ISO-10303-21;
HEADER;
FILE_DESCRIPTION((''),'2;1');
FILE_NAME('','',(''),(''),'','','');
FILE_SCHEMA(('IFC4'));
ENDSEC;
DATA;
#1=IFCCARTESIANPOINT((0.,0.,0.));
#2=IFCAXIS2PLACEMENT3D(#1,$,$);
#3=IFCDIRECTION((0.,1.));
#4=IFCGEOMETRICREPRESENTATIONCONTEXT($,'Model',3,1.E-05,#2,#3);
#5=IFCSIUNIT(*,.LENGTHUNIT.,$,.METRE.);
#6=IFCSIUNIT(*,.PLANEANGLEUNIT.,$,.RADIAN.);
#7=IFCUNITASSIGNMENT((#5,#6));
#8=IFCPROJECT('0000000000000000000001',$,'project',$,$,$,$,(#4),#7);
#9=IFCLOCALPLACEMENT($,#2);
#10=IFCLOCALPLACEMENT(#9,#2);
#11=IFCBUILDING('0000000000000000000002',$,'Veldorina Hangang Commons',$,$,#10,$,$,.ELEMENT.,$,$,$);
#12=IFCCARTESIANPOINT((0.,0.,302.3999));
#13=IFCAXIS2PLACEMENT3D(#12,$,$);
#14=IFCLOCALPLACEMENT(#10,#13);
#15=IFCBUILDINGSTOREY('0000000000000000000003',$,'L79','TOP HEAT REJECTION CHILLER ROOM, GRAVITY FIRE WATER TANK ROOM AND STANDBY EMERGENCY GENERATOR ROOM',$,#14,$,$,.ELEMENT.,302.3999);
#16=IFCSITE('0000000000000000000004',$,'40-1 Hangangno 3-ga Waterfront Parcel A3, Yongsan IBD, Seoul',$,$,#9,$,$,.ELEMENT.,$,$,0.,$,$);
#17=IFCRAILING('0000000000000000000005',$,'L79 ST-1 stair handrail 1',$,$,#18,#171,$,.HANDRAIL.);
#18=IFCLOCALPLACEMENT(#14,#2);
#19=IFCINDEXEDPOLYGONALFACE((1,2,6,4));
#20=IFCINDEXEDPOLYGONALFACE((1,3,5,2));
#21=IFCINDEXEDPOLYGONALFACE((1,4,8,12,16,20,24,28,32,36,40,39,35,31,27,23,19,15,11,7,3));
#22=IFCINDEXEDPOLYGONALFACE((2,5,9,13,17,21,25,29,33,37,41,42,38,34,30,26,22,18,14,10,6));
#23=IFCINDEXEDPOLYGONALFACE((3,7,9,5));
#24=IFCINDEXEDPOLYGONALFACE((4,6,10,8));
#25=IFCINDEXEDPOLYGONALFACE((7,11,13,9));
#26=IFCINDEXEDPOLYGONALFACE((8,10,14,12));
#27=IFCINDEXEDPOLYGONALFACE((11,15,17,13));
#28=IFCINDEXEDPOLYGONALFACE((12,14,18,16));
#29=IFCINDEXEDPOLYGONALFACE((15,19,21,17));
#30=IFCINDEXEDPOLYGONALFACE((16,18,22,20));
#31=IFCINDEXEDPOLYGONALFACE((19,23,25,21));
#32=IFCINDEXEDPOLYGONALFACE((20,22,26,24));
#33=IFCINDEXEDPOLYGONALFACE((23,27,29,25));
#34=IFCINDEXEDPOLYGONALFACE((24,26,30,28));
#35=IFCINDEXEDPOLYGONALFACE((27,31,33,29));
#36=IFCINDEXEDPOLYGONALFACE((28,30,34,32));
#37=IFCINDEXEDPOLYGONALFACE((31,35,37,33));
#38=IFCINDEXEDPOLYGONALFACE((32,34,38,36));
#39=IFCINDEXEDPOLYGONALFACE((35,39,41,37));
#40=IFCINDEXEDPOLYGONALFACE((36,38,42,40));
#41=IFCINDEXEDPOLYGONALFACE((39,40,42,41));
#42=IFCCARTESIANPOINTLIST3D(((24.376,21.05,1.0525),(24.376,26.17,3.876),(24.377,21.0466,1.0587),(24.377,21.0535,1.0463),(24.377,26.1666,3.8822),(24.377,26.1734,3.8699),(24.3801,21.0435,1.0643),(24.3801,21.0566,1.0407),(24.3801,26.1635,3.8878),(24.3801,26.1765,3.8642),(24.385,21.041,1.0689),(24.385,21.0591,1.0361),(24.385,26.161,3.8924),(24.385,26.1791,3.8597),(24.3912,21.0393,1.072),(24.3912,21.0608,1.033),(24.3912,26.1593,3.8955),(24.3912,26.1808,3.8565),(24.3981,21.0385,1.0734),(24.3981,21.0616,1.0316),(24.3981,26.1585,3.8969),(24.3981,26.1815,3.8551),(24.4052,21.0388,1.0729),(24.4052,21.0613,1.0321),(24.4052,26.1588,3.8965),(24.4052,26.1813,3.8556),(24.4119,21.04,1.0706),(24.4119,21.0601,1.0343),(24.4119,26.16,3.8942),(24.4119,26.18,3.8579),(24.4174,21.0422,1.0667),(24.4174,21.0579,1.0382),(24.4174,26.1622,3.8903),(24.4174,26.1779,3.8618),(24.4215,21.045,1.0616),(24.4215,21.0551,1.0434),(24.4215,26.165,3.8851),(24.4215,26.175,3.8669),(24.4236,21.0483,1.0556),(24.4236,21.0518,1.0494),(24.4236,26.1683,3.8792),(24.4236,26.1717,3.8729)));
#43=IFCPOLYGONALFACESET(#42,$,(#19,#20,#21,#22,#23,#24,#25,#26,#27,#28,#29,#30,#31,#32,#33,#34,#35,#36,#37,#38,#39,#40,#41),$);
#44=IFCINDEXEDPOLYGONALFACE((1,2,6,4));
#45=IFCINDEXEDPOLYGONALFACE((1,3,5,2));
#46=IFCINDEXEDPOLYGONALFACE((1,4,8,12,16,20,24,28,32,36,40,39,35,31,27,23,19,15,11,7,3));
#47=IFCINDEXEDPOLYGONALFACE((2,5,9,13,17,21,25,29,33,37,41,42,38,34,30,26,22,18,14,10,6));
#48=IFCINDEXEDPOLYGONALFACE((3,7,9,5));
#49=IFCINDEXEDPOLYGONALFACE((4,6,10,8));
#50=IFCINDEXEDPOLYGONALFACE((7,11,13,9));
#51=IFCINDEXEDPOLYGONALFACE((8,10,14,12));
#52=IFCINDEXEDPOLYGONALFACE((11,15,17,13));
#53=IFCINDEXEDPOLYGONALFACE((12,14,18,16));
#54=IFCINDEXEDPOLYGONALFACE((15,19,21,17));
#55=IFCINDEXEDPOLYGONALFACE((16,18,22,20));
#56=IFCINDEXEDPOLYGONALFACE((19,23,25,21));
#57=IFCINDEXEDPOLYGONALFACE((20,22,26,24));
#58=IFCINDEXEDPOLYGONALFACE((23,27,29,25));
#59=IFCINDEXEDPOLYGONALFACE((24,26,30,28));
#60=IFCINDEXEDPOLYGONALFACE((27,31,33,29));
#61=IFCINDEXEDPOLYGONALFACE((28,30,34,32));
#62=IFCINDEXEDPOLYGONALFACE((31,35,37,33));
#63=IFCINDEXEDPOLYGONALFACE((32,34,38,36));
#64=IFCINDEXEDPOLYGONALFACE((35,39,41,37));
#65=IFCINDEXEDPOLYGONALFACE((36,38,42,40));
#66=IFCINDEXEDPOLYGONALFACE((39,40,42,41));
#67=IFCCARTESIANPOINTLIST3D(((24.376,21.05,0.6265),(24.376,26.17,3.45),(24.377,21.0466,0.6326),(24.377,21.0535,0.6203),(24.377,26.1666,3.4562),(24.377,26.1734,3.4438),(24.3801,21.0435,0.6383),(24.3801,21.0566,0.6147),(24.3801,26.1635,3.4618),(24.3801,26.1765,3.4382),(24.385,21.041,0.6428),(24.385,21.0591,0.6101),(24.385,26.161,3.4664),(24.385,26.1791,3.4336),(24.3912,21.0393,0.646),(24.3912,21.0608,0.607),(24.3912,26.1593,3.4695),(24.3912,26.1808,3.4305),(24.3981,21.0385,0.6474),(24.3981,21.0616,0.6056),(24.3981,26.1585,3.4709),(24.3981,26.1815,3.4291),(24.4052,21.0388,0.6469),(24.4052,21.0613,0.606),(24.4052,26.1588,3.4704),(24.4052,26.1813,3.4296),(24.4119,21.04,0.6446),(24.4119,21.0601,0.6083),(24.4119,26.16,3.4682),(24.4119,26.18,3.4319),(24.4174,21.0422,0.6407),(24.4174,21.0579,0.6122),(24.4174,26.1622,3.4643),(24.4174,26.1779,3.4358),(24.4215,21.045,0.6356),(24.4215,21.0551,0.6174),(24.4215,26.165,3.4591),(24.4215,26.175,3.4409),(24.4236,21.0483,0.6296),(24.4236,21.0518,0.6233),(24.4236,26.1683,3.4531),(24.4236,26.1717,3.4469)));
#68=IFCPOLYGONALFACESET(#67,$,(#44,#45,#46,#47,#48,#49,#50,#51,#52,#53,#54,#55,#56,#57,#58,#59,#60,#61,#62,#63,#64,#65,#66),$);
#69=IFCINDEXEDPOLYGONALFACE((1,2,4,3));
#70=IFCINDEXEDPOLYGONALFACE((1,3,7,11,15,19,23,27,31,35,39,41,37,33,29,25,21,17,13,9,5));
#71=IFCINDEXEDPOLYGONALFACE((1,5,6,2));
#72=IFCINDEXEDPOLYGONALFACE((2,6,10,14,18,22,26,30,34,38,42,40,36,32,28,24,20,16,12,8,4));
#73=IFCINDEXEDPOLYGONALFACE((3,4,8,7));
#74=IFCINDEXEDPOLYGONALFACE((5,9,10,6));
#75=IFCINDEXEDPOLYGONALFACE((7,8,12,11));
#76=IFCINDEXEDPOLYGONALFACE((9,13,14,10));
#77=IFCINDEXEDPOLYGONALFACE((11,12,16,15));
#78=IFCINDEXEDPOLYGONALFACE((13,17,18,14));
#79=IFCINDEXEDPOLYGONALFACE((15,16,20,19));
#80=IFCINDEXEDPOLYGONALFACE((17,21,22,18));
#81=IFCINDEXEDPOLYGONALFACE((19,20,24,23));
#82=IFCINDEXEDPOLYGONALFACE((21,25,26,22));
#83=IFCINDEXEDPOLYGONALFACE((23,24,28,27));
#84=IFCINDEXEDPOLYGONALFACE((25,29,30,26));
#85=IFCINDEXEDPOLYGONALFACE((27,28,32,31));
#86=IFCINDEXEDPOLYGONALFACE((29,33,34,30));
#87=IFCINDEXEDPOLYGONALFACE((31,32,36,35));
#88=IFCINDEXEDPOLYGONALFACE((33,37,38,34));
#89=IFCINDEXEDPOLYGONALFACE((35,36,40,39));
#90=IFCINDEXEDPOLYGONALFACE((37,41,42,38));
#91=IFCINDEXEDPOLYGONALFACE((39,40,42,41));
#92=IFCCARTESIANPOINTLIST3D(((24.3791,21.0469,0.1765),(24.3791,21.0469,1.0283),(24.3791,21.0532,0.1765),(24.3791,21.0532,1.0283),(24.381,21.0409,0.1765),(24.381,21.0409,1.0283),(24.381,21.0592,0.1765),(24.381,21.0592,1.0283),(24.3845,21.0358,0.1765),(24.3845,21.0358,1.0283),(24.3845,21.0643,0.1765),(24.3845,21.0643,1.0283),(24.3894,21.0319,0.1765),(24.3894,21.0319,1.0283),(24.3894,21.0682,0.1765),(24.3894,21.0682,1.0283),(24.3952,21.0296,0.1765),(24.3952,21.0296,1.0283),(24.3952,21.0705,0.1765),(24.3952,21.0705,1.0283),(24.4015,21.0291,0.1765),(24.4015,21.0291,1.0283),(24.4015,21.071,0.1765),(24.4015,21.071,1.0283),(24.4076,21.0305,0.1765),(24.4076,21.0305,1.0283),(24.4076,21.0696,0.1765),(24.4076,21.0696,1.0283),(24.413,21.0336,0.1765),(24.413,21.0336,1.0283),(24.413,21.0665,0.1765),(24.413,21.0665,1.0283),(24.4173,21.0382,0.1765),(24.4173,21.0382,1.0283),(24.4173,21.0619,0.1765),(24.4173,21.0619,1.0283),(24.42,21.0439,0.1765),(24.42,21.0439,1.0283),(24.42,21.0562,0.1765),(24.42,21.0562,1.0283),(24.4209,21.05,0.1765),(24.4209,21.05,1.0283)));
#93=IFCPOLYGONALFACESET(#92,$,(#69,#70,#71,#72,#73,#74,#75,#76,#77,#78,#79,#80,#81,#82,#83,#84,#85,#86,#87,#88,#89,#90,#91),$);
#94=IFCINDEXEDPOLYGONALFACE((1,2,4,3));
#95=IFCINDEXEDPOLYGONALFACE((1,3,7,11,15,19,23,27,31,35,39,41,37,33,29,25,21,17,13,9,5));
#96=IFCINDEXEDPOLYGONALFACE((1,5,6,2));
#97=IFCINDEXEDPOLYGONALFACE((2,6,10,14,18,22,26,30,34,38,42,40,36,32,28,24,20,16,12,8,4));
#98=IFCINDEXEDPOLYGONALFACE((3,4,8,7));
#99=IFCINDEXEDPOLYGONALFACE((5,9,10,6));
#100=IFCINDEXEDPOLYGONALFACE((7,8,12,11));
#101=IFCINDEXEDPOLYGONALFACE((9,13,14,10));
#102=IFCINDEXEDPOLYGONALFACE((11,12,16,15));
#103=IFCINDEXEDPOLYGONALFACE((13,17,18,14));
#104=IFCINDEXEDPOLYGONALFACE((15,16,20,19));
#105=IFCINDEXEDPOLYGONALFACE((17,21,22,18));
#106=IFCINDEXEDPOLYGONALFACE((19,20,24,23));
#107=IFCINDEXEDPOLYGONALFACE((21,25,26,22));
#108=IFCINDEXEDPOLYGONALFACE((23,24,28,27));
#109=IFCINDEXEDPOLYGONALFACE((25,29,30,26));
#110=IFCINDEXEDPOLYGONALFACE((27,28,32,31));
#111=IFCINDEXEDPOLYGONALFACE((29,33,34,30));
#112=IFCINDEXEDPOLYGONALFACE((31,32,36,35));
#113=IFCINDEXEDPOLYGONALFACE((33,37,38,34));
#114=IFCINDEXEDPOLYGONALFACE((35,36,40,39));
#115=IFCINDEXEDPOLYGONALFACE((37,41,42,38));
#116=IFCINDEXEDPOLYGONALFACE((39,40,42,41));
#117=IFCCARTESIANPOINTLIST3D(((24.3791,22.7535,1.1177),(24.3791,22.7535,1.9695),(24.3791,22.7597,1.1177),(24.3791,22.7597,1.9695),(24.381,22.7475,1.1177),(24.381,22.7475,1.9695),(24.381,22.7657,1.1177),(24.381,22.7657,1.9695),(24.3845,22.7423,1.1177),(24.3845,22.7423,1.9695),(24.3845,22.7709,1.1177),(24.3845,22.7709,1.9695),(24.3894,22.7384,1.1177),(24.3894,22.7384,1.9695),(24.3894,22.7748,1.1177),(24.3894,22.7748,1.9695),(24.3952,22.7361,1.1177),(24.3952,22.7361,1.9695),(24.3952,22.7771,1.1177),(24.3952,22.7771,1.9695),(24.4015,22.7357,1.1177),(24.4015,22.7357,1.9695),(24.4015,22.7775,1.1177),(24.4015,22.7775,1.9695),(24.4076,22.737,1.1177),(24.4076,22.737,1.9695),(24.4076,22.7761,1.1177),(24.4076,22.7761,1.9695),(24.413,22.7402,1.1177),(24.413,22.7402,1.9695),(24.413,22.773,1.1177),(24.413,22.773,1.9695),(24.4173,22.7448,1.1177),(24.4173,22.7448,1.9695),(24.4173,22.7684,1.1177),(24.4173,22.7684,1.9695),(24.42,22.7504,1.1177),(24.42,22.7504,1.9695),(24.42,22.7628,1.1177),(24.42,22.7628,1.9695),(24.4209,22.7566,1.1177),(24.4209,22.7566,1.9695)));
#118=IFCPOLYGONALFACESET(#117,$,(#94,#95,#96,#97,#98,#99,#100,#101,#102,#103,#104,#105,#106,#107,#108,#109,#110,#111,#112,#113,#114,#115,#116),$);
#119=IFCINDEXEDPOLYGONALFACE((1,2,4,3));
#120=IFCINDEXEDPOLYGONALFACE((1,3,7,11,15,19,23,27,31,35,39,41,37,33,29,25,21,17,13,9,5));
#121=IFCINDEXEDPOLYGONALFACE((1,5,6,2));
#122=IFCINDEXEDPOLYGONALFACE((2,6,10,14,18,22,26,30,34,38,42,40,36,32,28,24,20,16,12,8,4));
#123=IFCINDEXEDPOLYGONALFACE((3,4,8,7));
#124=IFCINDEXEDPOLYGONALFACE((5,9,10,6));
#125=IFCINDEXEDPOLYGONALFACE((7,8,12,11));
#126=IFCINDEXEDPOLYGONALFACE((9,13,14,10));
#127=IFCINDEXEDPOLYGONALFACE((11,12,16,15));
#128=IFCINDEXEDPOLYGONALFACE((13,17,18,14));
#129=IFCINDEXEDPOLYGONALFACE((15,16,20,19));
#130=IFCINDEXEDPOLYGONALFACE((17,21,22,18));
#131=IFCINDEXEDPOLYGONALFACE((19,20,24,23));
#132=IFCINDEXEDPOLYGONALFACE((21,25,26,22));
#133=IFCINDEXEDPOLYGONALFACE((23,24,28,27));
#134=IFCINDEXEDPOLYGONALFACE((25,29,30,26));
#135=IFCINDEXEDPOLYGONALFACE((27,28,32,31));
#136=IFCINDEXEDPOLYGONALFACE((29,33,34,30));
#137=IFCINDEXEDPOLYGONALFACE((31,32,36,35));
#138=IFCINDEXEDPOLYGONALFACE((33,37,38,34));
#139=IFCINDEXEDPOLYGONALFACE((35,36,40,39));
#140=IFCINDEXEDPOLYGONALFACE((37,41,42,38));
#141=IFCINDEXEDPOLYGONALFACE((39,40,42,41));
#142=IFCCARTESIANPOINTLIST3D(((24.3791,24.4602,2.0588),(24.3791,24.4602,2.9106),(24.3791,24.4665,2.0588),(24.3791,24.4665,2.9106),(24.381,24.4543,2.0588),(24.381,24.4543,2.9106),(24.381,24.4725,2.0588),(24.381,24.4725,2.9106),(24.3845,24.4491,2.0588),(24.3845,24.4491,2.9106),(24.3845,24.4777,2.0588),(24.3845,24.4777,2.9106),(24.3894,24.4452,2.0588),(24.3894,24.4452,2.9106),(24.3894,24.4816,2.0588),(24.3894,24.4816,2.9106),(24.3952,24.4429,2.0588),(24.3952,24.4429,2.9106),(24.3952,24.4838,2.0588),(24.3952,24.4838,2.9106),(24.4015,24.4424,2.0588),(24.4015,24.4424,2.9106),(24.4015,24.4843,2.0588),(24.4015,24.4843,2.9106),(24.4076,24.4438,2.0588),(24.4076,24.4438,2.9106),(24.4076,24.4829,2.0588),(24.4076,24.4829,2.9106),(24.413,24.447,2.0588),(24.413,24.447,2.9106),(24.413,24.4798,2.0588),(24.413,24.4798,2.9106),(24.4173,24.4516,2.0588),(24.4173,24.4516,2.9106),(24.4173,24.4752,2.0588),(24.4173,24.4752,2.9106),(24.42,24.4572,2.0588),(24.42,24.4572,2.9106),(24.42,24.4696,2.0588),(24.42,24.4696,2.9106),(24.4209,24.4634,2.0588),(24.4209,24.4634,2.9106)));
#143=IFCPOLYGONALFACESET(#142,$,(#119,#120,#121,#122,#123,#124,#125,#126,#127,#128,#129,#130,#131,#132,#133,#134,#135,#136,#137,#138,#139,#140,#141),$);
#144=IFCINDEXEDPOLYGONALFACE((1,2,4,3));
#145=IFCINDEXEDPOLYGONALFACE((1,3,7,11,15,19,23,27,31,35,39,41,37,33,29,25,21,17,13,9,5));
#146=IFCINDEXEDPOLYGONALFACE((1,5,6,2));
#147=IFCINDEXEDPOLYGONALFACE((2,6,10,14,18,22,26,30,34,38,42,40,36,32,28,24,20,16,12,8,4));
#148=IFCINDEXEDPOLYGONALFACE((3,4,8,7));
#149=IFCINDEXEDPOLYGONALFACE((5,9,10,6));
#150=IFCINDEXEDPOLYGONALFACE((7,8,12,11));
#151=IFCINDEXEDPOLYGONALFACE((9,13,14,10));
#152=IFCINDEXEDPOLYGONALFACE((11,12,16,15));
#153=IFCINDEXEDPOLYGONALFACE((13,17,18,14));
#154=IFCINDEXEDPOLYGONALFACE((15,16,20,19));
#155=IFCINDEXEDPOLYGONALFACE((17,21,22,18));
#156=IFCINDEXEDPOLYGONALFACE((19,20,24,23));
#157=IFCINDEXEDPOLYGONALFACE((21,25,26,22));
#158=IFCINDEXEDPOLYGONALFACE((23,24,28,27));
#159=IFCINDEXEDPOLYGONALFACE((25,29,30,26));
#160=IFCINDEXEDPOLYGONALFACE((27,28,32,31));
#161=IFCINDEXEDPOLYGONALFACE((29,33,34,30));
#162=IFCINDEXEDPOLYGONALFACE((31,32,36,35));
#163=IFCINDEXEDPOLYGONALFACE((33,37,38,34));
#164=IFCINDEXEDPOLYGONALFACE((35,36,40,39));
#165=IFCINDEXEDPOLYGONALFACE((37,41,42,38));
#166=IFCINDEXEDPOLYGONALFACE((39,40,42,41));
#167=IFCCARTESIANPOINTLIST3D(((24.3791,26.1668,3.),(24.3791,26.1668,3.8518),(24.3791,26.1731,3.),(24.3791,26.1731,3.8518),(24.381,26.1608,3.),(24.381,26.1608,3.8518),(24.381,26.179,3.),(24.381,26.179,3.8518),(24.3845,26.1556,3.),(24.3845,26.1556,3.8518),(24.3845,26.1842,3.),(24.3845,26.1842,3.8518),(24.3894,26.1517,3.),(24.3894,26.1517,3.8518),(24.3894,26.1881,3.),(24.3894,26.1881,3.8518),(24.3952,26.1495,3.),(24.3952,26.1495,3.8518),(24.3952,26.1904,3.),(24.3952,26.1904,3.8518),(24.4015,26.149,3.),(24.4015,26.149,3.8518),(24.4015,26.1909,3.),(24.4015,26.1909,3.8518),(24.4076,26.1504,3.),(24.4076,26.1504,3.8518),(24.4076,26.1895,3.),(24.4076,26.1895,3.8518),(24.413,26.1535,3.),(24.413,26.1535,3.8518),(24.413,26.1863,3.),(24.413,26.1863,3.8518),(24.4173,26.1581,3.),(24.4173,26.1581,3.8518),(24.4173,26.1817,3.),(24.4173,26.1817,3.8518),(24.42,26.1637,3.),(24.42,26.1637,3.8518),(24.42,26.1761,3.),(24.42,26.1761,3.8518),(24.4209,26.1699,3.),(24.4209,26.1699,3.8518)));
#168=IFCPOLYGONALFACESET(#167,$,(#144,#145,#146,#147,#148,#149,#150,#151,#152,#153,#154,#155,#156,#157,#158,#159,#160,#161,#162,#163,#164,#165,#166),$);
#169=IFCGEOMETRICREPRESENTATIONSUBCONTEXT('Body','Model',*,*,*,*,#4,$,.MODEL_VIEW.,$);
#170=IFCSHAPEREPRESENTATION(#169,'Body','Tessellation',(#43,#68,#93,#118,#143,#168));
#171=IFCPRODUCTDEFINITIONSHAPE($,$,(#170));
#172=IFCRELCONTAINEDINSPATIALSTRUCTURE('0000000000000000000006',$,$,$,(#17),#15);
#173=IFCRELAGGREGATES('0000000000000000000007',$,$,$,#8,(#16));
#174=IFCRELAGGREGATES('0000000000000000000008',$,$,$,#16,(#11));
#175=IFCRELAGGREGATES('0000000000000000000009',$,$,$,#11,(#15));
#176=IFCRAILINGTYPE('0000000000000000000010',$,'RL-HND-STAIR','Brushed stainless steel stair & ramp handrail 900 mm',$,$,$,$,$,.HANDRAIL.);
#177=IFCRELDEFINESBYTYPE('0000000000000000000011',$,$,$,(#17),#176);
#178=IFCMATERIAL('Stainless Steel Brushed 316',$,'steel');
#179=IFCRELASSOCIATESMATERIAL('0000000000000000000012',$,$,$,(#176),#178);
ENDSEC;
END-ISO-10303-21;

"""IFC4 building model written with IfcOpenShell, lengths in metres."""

from ifc_helpers import new_model, si_unit, direction, frame, origin, origin_2d, place, context, subcontext, project, spatial, circle, extrude, material, type_object, element, save


model = new_model("IFC4")

# Units and contexts
model_context = context("Model", 3, precision=1e-05, world=origin(), true_north=direction((0.0, 1.0)))
body_context = subcontext(model_context, "Body", "Model", "MODEL_VIEW")
ifc_project = project(units=[si_unit("LENGTHUNIT", "METRE"), si_unit("PLANEANGLEUNIT", "RADIAN")], contexts=[model_context])

# Site, building, storey
site_placement = place(None, origin())
site = spatial("IfcSite", under=ifc_project, at=site_placement, Name="40-1 Hangangno 3-ga Waterfront Parcel A3, Yongsan IBD, Seoul", CompositionType="ELEMENT", RefElevation=0.0)
building_placement = place(site_placement, origin())
building = spatial("IfcBuilding", under=site, at=building_placement, Name="Veldorina Hangang Commons", CompositionType="ELEMENT")
storey_placement = place(building_placement, frame((0.0, 0.0, 302.3999)))
storey = spatial("IfcBuildingStorey", under=building, at=storey_placement, Name="L79", Description="TOP HEAT REJECTION CHILLER ROOM, GRAVITY FIRE WATER TANK ROOM AND STANDBY EMERGENCY GENERATOR ROOM", CompositionType="ELEMENT", Elevation=302.3999)

# Railing
ifc_material_1 = material(Name="Stainless Steel Brushed 316", Category="steel")
railing_type_1 = type_object("IfcRailingType", Name="RL-HND-STAIR", Description="Brushed stainless steel stair & ramp handrail 900 mm", PredefinedType="HANDRAIL", material=ifc_material_1)
railing_1_placement = place(storey_placement, frame((24.3999, 21.05, 0.1765)))
element("IfcRailing", 1, at=railing_1_placement, inside=storey, type_object=railing_type_1, Name="L79 ST-1 stair handrail 1", PredefinedType="HANDRAIL", context=body_context, shape_type="SweptSolid", body=[
    extrude(circle(Radius=0.0239, at=origin_2d()), frame((0.0, 0.0, 0.876), z_axis=(0.0, 0.87567, 0.482911), x_axis=(-1.0, 0.0, 0.0)), (0.0, 0.0, 1.0), 5.8469),
    extrude(circle(Radius=0.0239, at=origin_2d()), frame((0.0, 0.0, 0.45), z_axis=(0.0, 0.87567, 0.482911), x_axis=(-1.0, 0.0, 0.0)), (0.0, 0.0, 1.0), 5.8469),
    extrude(circle(Radius=0.021, at=origin_2d()), origin(), (0.0, 0.0, 1.0), 0.8518),
    extrude(circle(Radius=0.021, at=origin_2d()), frame((0.0, 1.7065, 0.9412)), (0.0, 0.0, 1.0), 0.8518),
    extrude(circle(Radius=0.021, at=origin_2d()), frame((0.0, 3.4133, 1.8823)), (0.0, 0.0, 1.0), 0.8518),
    extrude(circle(Radius=0.021, at=origin_2d()), frame((0.0, 5.1199, 2.8235)), (0.0, 0.0, 1.0), 0.8518),
])

save(model, "model.ifc")
